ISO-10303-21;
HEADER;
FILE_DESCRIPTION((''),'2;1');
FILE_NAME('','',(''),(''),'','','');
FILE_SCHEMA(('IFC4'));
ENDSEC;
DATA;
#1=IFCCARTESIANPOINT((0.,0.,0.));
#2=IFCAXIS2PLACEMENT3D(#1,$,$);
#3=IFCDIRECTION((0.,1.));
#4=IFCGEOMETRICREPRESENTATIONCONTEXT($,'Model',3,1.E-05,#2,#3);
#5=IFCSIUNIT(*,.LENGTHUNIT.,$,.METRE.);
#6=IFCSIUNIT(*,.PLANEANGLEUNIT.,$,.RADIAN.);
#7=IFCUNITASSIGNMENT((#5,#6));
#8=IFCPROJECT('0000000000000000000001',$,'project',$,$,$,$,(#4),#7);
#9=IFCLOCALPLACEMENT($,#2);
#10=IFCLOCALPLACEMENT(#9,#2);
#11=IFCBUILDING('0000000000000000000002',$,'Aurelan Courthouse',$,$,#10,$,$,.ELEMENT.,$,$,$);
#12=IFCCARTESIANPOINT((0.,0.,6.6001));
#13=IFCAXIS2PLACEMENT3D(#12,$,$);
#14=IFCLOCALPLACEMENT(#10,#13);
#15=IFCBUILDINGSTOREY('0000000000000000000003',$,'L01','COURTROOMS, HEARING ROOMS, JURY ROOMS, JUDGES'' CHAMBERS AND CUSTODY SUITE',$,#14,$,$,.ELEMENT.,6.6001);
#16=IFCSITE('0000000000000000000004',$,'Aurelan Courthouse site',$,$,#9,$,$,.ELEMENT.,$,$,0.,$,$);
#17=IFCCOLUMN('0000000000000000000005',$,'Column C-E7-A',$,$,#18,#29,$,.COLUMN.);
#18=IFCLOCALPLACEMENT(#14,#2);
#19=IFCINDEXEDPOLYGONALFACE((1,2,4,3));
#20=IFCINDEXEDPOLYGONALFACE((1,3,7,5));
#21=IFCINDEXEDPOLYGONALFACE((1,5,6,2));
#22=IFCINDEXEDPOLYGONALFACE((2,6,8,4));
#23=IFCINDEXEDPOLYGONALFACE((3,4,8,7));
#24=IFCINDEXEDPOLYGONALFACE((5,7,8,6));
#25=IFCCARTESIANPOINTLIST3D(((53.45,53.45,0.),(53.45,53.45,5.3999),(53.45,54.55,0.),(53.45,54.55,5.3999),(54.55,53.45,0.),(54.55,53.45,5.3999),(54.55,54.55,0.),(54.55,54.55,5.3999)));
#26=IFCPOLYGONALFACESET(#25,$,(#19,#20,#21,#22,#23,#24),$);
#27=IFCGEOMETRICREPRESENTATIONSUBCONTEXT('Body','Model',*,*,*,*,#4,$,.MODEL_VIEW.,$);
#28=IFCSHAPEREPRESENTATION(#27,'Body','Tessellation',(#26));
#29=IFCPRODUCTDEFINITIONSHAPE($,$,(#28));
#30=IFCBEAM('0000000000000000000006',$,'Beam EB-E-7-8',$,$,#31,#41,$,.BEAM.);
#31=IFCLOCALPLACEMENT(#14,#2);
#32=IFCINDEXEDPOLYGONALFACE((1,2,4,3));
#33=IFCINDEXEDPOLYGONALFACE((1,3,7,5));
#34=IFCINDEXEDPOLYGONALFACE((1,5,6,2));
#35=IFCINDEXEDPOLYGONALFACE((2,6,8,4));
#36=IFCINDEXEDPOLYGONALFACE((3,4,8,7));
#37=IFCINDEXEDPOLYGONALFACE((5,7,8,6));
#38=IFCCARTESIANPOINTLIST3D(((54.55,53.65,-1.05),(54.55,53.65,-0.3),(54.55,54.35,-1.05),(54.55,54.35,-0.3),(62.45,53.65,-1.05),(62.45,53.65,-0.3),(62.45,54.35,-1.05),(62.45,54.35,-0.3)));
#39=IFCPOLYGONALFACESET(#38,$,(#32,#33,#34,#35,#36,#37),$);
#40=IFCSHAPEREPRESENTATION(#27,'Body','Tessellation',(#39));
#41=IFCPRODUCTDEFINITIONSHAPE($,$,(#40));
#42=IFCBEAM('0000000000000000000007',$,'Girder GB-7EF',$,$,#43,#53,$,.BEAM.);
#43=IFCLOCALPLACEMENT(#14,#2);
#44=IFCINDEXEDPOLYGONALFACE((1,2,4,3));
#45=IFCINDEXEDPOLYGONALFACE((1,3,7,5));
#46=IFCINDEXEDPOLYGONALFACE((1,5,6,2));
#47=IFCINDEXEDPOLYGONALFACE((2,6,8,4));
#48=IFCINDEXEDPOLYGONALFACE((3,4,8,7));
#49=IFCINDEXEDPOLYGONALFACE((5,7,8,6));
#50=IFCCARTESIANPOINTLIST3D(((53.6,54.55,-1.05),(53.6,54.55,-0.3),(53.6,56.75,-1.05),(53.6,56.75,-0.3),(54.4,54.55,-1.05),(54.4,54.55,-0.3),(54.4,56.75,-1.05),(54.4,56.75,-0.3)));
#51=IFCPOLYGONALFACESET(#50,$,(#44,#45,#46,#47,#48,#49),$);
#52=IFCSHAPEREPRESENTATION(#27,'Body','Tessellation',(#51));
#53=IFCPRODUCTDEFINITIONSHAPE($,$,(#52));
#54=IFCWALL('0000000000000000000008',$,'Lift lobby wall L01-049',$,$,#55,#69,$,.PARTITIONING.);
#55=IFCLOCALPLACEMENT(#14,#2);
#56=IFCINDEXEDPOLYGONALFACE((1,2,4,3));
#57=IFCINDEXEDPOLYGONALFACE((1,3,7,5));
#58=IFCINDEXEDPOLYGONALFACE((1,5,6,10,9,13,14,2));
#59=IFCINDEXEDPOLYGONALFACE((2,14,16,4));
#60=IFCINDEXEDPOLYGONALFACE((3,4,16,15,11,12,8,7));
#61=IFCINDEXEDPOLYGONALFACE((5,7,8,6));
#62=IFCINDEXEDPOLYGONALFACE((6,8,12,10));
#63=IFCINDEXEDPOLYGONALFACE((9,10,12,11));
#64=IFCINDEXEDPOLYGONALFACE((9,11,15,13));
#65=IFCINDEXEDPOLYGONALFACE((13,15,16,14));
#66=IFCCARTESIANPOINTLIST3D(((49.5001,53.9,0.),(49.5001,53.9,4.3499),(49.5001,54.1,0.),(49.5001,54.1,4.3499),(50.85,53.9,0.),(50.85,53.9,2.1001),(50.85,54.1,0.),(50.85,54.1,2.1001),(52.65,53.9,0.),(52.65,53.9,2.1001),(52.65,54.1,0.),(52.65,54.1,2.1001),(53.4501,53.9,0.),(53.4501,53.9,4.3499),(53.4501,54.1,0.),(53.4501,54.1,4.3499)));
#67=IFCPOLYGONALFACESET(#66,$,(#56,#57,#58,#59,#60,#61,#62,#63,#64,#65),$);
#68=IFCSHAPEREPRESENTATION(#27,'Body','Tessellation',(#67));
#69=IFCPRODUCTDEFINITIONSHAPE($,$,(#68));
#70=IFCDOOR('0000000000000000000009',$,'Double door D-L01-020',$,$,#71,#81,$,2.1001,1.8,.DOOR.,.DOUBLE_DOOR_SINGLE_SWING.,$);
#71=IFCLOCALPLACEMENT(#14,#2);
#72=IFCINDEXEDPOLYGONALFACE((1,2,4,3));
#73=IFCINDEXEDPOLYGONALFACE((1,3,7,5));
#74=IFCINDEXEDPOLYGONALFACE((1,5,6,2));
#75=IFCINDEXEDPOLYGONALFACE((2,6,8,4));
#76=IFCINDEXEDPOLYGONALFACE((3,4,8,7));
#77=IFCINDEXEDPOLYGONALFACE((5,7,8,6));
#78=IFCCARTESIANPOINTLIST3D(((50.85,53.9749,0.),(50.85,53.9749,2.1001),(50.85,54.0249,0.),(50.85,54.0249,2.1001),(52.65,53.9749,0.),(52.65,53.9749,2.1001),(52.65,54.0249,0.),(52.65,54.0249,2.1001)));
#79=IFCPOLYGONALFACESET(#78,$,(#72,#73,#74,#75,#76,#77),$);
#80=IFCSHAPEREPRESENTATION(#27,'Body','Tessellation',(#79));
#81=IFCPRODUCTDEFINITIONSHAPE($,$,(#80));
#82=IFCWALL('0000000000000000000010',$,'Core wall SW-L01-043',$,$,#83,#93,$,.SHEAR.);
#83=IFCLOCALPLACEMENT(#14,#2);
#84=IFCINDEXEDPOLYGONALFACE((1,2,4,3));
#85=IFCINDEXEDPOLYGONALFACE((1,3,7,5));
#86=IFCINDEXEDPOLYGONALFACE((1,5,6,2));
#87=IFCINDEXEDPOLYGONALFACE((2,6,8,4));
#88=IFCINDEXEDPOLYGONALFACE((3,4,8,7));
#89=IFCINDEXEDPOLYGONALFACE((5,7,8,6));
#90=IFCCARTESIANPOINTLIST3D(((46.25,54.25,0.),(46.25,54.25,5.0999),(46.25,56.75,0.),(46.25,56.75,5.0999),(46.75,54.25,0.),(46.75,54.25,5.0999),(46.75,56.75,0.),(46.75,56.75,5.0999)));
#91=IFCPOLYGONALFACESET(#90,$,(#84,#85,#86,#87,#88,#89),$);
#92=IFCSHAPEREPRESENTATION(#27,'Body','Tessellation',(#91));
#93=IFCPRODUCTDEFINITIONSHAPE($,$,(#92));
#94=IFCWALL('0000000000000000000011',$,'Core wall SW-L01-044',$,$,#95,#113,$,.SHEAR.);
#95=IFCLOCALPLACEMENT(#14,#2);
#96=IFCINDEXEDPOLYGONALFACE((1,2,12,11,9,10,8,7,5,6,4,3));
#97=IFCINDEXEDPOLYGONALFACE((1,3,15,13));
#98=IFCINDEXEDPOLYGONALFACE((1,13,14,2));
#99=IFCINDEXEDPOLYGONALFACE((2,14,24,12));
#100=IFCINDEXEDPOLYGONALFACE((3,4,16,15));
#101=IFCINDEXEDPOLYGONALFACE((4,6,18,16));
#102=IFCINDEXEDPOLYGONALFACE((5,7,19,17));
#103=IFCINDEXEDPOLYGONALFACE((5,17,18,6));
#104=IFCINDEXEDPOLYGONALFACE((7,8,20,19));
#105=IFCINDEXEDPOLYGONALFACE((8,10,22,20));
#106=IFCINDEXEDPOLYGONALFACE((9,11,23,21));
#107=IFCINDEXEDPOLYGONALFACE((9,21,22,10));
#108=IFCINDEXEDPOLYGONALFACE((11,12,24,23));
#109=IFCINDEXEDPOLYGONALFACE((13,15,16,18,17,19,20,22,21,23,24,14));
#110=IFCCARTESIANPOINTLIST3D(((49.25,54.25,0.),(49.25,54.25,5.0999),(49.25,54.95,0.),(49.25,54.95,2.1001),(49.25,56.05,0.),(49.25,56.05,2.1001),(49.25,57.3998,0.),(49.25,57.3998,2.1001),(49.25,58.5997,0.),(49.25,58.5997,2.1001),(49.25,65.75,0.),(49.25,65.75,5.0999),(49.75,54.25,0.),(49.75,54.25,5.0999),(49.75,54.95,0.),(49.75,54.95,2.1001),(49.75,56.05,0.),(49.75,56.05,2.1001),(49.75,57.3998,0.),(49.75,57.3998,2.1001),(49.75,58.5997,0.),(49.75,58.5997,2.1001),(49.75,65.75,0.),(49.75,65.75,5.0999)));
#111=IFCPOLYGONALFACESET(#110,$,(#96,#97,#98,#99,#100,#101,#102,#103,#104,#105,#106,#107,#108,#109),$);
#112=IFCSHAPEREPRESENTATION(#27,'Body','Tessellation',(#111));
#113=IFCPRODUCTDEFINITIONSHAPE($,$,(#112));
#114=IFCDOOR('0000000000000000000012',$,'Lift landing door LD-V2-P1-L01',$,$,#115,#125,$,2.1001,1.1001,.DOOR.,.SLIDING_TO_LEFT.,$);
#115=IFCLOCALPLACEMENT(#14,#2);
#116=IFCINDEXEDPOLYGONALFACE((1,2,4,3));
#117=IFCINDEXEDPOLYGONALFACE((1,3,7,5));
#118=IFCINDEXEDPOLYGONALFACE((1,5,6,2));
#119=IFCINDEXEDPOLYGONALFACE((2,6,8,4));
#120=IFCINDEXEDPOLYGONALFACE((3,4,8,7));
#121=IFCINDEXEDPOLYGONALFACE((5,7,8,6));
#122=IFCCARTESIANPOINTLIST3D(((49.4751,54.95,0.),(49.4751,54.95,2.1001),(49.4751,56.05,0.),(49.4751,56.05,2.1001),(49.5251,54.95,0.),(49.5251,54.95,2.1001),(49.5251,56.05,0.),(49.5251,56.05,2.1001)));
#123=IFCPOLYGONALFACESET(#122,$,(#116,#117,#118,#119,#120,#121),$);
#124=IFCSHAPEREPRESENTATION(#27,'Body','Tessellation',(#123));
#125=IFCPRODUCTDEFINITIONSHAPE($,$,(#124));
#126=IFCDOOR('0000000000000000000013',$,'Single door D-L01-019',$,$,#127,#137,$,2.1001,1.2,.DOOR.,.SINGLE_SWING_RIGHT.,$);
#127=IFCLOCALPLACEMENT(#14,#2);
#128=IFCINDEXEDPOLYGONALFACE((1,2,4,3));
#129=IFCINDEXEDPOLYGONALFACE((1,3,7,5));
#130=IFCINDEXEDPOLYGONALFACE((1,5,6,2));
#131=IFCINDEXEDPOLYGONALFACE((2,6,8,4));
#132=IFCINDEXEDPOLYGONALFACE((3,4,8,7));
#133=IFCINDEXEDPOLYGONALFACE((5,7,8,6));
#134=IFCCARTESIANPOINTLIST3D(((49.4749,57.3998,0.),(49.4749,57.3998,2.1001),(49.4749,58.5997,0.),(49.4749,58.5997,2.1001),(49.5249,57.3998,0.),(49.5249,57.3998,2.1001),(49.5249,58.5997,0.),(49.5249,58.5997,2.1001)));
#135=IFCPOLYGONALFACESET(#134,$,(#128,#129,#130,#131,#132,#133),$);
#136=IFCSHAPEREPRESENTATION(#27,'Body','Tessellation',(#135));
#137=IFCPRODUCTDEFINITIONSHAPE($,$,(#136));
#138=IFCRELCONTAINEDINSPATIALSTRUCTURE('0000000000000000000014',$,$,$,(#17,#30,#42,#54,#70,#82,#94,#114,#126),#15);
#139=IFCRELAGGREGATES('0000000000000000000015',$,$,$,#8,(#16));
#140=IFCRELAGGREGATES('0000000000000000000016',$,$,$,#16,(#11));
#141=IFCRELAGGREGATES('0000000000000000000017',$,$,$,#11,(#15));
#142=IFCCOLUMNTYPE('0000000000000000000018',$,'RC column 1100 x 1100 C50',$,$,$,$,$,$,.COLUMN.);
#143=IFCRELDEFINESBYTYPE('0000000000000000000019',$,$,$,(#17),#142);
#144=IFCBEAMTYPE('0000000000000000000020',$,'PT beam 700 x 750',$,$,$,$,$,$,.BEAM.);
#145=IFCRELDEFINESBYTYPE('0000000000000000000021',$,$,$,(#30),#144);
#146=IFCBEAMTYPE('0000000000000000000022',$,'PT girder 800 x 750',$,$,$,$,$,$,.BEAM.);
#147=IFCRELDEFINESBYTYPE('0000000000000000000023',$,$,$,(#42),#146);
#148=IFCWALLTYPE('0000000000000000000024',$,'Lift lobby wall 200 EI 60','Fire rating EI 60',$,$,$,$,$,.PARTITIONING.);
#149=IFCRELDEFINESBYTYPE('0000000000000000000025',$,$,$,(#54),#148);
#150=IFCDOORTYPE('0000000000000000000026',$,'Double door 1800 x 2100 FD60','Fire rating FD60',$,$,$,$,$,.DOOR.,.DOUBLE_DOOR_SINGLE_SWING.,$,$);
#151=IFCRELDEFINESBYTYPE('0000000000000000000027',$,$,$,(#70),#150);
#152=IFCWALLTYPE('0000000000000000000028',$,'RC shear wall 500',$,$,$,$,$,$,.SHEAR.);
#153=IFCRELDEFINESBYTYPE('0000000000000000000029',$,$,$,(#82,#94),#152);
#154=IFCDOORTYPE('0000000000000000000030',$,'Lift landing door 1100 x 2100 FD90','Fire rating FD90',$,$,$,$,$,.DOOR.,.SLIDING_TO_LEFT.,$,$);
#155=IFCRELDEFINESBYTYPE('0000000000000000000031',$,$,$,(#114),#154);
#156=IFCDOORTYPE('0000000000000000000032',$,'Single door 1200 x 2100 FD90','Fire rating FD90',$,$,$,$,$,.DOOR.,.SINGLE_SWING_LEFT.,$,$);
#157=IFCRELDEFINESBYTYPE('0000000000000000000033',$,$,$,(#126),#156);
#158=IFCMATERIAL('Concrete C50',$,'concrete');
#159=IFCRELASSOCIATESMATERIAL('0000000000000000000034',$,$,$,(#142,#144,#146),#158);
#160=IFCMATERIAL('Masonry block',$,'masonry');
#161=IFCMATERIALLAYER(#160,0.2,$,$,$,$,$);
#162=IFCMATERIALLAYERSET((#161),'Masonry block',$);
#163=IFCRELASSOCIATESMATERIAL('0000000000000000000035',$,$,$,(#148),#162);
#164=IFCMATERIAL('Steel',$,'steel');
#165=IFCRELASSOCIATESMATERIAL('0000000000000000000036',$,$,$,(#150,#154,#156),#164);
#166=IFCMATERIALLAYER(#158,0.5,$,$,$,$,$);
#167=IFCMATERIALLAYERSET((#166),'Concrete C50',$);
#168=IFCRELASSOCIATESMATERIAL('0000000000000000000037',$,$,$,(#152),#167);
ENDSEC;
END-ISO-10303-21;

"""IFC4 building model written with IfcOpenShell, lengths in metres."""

from ifc_helpers import new_model, si_unit, direction, frame, frame_2d, origin, origin_2d, place, context, subcontext, project, spatial, rectangle, extrude, material, layer, layer_set, material_profile, profile_set, type_object, element, fill, save


model = new_model("IFC4")

# Units and contexts
model_context = context("Model", 3, precision=1e-05, world=origin(), true_north=direction((0.0, 1.0)))
body_context = subcontext(model_context, "Body", "Model", "MODEL_VIEW")
ifc_project = project(units=[si_unit("LENGTHUNIT", "METRE"), si_unit("PLANEANGLEUNIT", "RADIAN")], contexts=[model_context])

# Site, building, storey
site_placement = place(None, origin())
site = spatial("IfcSite", under=ifc_project, at=site_placement, Name="Aurelan Courthouse site", CompositionType="ELEMENT", RefElevation=0.0)
building_placement = place(site_placement, origin())
building = spatial("IfcBuilding", under=site, at=building_placement, Name="Aurelan Courthouse", CompositionType="ELEMENT")
storey_placement = place(building_placement, frame((0.0, 0.0, 6.6001)))
storey = spatial("IfcBuildingStorey", under=building, at=storey_placement, Name="L01", Description="COURTROOMS, HEARING ROOMS, JURY ROOMS, JUDGES' CHAMBERS AND CUSTODY SUITE", CompositionType="ELEMENT", Elevation=6.6001)

# Column
ifc_material_1 = material(Name="Concrete C50", Category="concrete")
ifc_material_profile_1 = material_profile(ifc_material_1, rectangle(XDim=1.1001, YDim=1.1001, at=origin_2d()), Name="RC 1100 x 1100")
ifc_profile_set_1 = profile_set([ifc_material_profile_1], Name="Concrete C50")
column_type = type_object("IfcColumnType", Name="RC column 1100 x 1100 C50", PredefinedType="COLUMN", material=ifc_profile_set_1)
column_placement = place(storey_placement, frame((54.0, 54.0, 0.0), z_axis=(0.0, 0.0, 1.0), x_axis=(1.0, 0.0, 0.0)))
element("IfcColumn", 1, at=column_placement, inside=storey, type_object=column_type, Name="Column C-E7-A", PredefinedType="COLUMN", context=body_context, shape_type="SweptSolid", body=[
    extrude(rectangle(XDim=1.1001, YDim=1.1001, at=origin_2d()), origin(), (0.0, 0.0, 1.0), 5.3999),
])

# Beams
ifc_material_profile_2 = material_profile(ifc_material_1, rectangle(XDim=0.7, YDim=0.75, at=origin_2d()), Name="RC 700 x 750")
ifc_profile_set_2 = profile_set([ifc_material_profile_2], Name="Concrete C50")
beam_type_1 = type_object("IfcBeamType", Name="PT beam 700 x 750", PredefinedType="BEAM", material=ifc_profile_set_2)
beam_1_placement = place(storey_placement, frame((54.55, 54.0, -0.675), z_axis=(1.0, 0.0, 0.0), x_axis=(0.0, 1.0, 0.0)))
element("IfcBeam", 2, at=beam_1_placement, inside=storey, type_object=beam_type_1, Name="Beam EB-E-7-8", PredefinedType="BEAM", context=body_context, shape_type="SweptSolid", body=[
    extrude(rectangle(XDim=0.7, YDim=0.75, at=origin_2d()), origin(), (0.0, 0.0, 1.0), 7.8999),
])
ifc_material_profile_3 = material_profile(ifc_material_1, rectangle(XDim=0.8, YDim=0.75, at=origin_2d()), Name="RC 800 x 750")
ifc_profile_set_3 = profile_set([ifc_material_profile_3], Name="Concrete C50")
beam_type_2 = type_object("IfcBeamType", Name="PT girder 800 x 750", PredefinedType="BEAM", material=ifc_profile_set_3)
beam_2_placement = place(storey_placement, frame((54.0, 54.55, -0.675), z_axis=(0.0, 1.0, 0.0), x_axis=(-1.0, 0.0, 0.0)))
element("IfcBeam", 3, at=beam_2_placement, inside=storey, type_object=beam_type_2, Name="Girder GB-7EF", PredefinedType="BEAM", context=body_context, shape_type="SweptSolid", body=[
    extrude(rectangle(XDim=0.8, YDim=0.75, at=origin_2d()), origin(), (0.0, 0.0, 1.0), 2.2),
])

# Wall, opening, door
ifc_material_2 = material(Name="Masonry block", Category="masonry")
ifc_layer_1 = layer(ifc_material_2, 0.2)
ifc_layer_set_1 = layer_set([ifc_layer_1], Name="Masonry block")
wall_type_1 = type_object("IfcWallType", Name="Lift lobby wall 200 EI 60", Description="Fire rating EI 60", PredefinedType="PARTITIONING", material=ifc_layer_set_1)
wall_1_placement = place(storey_placement, frame((49.5, 54.0, 0.0), z_axis=(0.0, 0.0, 1.0), x_axis=(1.0, 0.0, 0.0)))
wall_1 = element("IfcWall", 4, at=wall_1_placement, inside=storey, type_object=wall_type_1, Name="Lift lobby wall L01-049", PredefinedType="PARTITIONING", context=body_context, shape_type="SweptSolid", body=[
    extrude(rectangle(XDim=3.95, YDim=0.2, at=frame_2d((1.9751, 0.0))), origin(), (0.0, 0.0, 1.0), 4.3499),
])
opening_1_placement = place(wall_1_placement, frame((1.3501, 0.0, 0.0)))
opening_1 = element("IfcOpeningElement", 5, at=opening_1_placement, cuts=wall_1, PredefinedType="OPENING", context=body_context, shape_type="SweptSolid", body=[
    extrude(rectangle(XDim=1.8, YDim=2.1001, at=frame_2d((0.8999, 1.05))), frame((0.0, 0.1099, 0.0), z_axis=(0.0, -1.0, 0.0), x_axis=(1.0, 0.0, 0.0)), (0.0, 0.0, 1.0), 0.22),
])
ifc_material_3 = material(Name="Steel", Category="steel")
door_type_1 = type_object("IfcDoorType", Name="Double door 1800 x 2100 FD60", Description="Fire rating FD60", OperationType="DOUBLE_DOOR_SINGLE_SWING", PredefinedType="DOOR", material=ifc_material_3)
door_1_placement = place(opening_1_placement, origin())
door_1 = element("IfcDoor", 6, at=door_1_placement, inside=storey, type_object=door_type_1, Name="Double door D-L01-020", OperationType="DOUBLE_DOOR_SINGLE_SWING", OverallHeight=2.1001, OverallWidth=1.8, PredefinedType="DOOR", context=body_context, shape_type="SweptSolid", body=[
    extrude(rectangle(XDim=1.8, YDim=2.1001, at=frame_2d((0.8999, 1.05))), frame((0.0, 0.0249, 0.0), z_axis=(0.0, -1.0, 0.0), x_axis=(1.0, 0.0, 0.0)), (0.0, 0.0, 1.0), 0.05),
])
fill(opening_1, door_1)

# Wall
ifc_layer_2 = layer(ifc_material_1, 0.5)
ifc_layer_set_2 = layer_set([ifc_layer_2], Name="Concrete C50")
wall_type_2 = type_object("IfcWallType", Name="RC shear wall 500", PredefinedType="SHEAR", material=ifc_layer_set_2)
wall_2_placement = place(storey_placement, frame((46.5, 54.25, 0.0), z_axis=(0.0, 0.0, 1.0), x_axis=(0.0, 1.0, 0.0)))
element("IfcWall", 7, at=wall_2_placement, inside=storey, type_object=wall_type_2, Name="Core wall SW-L01-043", PredefinedType="SHEAR", context=body_context, shape_type="SweptSolid", body=[
    extrude(rectangle(XDim=2.5, YDim=0.5, at=frame_2d((1.25, 0.0))), origin(), (0.0, 0.0, 1.0), 5.0999),
])

# Wall, openings, doors
wall_3_placement = place(storey_placement, frame((49.5, 54.25, 0.0), z_axis=(0.0, 0.0, 1.0), x_axis=(0.0, 1.0, 0.0)))
wall_3 = element("IfcWall", 8, at=wall_3_placement, inside=storey, type_object=wall_type_2, Name="Core wall SW-L01-044", PredefinedType="SHEAR", context=body_context, shape_type="SweptSolid", body=[
    extrude(rectangle(XDim=11.5, YDim=0.5, at=frame_2d((5.75, 0.0))), origin(), (0.0, 0.0, 1.0), 5.0999),
])
opening_2_placement = place(wall_3_placement, frame((0.7, 0.0, 0.0)))
opening_2 = element("IfcOpeningElement", 9, at=opening_2_placement, cuts=wall_3, PredefinedType="OPENING", context=body_context, shape_type="SweptSolid", body=[
    extrude(rectangle(XDim=1.1001, YDim=2.1001, at=frame_2d((0.55, 1.05))), frame((0.0, 0.26, 0.0), z_axis=(0.0, -1.0, 0.0), x_axis=(1.0, 0.0, 0.0)), (0.0, 0.0, 1.0), 0.52),
])
opening_3_placement = place(wall_3_placement, frame((4.3499, 0.0, 0.0), z_axis=(0.0, 0.0, 1.0), x_axis=(-1.0, 0.0, 0.0)))
opening_3 = element("IfcOpeningElement", 10, at=opening_3_placement, cuts=wall_3, PredefinedType="OPENING", context=body_context, shape_type="SweptSolid", body=[
    extrude(rectangle(XDim=1.2, YDim=2.1001, at=frame_2d((0.6001, 1.05))), frame((0.0, 0.26, 0.0), z_axis=(0.0, -1.0, 0.0), x_axis=(1.0, 0.0, 0.0)), (0.0, 0.0, 1.0), 0.52),
])
door_type_2 = type_object("IfcDoorType", Name="Lift landing door 1100 x 2100 FD90", Description="Fire rating FD90", OperationType="SLIDING_TO_LEFT", PredefinedType="DOOR", material=ifc_material_3)
door_2_placement = place(opening_2_placement, origin())
door_2 = element("IfcDoor", 11, at=door_2_placement, inside=storey, type_object=door_type_2, Name="Lift landing door LD-V2-P1-L01", OperationType="SLIDING_TO_LEFT", OverallHeight=2.1001, OverallWidth=1.1001, PredefinedType="DOOR", context=body_context, shape_type="SweptSolid", body=[
    extrude(rectangle(XDim=1.1001, YDim=2.1001, at=frame_2d((0.55, 1.05))), frame((0.0, 0.0249, 0.0), z_axis=(0.0, -1.0, 0.0), x_axis=(1.0, 0.0, 0.0)), (0.0, 0.0, 1.0), 0.05),
])
fill(opening_2, door_2)
door_type_3 = type_object("IfcDoorType", Name="Single door 1200 x 2100 FD90", Description="Fire rating FD90", OperationType="SINGLE_SWING_LEFT", PredefinedType="DOOR", material=ifc_material_3)
door_3_placement = place(opening_3_placement, origin())
door_3 = element("IfcDoor", 12, at=door_3_placement, inside=storey, type_object=door_type_3, Name="Single door D-L01-019", OperationType="SINGLE_SWING_RIGHT", OverallHeight=2.1001, OverallWidth=1.2, PredefinedType="DOOR", context=body_context, shape_type="SweptSolid", body=[
    extrude(rectangle(XDim=1.2, YDim=2.1001, at=frame_2d((0.6001, 1.05))), frame((0.0, 0.0249, 0.0), z_axis=(0.0, -1.0, 0.0), x_axis=(1.0, 0.0, 0.0)), (0.0, 0.0, 1.0), 0.05),
])
fill(opening_3, door_3)

save(model, "model.ifc")
